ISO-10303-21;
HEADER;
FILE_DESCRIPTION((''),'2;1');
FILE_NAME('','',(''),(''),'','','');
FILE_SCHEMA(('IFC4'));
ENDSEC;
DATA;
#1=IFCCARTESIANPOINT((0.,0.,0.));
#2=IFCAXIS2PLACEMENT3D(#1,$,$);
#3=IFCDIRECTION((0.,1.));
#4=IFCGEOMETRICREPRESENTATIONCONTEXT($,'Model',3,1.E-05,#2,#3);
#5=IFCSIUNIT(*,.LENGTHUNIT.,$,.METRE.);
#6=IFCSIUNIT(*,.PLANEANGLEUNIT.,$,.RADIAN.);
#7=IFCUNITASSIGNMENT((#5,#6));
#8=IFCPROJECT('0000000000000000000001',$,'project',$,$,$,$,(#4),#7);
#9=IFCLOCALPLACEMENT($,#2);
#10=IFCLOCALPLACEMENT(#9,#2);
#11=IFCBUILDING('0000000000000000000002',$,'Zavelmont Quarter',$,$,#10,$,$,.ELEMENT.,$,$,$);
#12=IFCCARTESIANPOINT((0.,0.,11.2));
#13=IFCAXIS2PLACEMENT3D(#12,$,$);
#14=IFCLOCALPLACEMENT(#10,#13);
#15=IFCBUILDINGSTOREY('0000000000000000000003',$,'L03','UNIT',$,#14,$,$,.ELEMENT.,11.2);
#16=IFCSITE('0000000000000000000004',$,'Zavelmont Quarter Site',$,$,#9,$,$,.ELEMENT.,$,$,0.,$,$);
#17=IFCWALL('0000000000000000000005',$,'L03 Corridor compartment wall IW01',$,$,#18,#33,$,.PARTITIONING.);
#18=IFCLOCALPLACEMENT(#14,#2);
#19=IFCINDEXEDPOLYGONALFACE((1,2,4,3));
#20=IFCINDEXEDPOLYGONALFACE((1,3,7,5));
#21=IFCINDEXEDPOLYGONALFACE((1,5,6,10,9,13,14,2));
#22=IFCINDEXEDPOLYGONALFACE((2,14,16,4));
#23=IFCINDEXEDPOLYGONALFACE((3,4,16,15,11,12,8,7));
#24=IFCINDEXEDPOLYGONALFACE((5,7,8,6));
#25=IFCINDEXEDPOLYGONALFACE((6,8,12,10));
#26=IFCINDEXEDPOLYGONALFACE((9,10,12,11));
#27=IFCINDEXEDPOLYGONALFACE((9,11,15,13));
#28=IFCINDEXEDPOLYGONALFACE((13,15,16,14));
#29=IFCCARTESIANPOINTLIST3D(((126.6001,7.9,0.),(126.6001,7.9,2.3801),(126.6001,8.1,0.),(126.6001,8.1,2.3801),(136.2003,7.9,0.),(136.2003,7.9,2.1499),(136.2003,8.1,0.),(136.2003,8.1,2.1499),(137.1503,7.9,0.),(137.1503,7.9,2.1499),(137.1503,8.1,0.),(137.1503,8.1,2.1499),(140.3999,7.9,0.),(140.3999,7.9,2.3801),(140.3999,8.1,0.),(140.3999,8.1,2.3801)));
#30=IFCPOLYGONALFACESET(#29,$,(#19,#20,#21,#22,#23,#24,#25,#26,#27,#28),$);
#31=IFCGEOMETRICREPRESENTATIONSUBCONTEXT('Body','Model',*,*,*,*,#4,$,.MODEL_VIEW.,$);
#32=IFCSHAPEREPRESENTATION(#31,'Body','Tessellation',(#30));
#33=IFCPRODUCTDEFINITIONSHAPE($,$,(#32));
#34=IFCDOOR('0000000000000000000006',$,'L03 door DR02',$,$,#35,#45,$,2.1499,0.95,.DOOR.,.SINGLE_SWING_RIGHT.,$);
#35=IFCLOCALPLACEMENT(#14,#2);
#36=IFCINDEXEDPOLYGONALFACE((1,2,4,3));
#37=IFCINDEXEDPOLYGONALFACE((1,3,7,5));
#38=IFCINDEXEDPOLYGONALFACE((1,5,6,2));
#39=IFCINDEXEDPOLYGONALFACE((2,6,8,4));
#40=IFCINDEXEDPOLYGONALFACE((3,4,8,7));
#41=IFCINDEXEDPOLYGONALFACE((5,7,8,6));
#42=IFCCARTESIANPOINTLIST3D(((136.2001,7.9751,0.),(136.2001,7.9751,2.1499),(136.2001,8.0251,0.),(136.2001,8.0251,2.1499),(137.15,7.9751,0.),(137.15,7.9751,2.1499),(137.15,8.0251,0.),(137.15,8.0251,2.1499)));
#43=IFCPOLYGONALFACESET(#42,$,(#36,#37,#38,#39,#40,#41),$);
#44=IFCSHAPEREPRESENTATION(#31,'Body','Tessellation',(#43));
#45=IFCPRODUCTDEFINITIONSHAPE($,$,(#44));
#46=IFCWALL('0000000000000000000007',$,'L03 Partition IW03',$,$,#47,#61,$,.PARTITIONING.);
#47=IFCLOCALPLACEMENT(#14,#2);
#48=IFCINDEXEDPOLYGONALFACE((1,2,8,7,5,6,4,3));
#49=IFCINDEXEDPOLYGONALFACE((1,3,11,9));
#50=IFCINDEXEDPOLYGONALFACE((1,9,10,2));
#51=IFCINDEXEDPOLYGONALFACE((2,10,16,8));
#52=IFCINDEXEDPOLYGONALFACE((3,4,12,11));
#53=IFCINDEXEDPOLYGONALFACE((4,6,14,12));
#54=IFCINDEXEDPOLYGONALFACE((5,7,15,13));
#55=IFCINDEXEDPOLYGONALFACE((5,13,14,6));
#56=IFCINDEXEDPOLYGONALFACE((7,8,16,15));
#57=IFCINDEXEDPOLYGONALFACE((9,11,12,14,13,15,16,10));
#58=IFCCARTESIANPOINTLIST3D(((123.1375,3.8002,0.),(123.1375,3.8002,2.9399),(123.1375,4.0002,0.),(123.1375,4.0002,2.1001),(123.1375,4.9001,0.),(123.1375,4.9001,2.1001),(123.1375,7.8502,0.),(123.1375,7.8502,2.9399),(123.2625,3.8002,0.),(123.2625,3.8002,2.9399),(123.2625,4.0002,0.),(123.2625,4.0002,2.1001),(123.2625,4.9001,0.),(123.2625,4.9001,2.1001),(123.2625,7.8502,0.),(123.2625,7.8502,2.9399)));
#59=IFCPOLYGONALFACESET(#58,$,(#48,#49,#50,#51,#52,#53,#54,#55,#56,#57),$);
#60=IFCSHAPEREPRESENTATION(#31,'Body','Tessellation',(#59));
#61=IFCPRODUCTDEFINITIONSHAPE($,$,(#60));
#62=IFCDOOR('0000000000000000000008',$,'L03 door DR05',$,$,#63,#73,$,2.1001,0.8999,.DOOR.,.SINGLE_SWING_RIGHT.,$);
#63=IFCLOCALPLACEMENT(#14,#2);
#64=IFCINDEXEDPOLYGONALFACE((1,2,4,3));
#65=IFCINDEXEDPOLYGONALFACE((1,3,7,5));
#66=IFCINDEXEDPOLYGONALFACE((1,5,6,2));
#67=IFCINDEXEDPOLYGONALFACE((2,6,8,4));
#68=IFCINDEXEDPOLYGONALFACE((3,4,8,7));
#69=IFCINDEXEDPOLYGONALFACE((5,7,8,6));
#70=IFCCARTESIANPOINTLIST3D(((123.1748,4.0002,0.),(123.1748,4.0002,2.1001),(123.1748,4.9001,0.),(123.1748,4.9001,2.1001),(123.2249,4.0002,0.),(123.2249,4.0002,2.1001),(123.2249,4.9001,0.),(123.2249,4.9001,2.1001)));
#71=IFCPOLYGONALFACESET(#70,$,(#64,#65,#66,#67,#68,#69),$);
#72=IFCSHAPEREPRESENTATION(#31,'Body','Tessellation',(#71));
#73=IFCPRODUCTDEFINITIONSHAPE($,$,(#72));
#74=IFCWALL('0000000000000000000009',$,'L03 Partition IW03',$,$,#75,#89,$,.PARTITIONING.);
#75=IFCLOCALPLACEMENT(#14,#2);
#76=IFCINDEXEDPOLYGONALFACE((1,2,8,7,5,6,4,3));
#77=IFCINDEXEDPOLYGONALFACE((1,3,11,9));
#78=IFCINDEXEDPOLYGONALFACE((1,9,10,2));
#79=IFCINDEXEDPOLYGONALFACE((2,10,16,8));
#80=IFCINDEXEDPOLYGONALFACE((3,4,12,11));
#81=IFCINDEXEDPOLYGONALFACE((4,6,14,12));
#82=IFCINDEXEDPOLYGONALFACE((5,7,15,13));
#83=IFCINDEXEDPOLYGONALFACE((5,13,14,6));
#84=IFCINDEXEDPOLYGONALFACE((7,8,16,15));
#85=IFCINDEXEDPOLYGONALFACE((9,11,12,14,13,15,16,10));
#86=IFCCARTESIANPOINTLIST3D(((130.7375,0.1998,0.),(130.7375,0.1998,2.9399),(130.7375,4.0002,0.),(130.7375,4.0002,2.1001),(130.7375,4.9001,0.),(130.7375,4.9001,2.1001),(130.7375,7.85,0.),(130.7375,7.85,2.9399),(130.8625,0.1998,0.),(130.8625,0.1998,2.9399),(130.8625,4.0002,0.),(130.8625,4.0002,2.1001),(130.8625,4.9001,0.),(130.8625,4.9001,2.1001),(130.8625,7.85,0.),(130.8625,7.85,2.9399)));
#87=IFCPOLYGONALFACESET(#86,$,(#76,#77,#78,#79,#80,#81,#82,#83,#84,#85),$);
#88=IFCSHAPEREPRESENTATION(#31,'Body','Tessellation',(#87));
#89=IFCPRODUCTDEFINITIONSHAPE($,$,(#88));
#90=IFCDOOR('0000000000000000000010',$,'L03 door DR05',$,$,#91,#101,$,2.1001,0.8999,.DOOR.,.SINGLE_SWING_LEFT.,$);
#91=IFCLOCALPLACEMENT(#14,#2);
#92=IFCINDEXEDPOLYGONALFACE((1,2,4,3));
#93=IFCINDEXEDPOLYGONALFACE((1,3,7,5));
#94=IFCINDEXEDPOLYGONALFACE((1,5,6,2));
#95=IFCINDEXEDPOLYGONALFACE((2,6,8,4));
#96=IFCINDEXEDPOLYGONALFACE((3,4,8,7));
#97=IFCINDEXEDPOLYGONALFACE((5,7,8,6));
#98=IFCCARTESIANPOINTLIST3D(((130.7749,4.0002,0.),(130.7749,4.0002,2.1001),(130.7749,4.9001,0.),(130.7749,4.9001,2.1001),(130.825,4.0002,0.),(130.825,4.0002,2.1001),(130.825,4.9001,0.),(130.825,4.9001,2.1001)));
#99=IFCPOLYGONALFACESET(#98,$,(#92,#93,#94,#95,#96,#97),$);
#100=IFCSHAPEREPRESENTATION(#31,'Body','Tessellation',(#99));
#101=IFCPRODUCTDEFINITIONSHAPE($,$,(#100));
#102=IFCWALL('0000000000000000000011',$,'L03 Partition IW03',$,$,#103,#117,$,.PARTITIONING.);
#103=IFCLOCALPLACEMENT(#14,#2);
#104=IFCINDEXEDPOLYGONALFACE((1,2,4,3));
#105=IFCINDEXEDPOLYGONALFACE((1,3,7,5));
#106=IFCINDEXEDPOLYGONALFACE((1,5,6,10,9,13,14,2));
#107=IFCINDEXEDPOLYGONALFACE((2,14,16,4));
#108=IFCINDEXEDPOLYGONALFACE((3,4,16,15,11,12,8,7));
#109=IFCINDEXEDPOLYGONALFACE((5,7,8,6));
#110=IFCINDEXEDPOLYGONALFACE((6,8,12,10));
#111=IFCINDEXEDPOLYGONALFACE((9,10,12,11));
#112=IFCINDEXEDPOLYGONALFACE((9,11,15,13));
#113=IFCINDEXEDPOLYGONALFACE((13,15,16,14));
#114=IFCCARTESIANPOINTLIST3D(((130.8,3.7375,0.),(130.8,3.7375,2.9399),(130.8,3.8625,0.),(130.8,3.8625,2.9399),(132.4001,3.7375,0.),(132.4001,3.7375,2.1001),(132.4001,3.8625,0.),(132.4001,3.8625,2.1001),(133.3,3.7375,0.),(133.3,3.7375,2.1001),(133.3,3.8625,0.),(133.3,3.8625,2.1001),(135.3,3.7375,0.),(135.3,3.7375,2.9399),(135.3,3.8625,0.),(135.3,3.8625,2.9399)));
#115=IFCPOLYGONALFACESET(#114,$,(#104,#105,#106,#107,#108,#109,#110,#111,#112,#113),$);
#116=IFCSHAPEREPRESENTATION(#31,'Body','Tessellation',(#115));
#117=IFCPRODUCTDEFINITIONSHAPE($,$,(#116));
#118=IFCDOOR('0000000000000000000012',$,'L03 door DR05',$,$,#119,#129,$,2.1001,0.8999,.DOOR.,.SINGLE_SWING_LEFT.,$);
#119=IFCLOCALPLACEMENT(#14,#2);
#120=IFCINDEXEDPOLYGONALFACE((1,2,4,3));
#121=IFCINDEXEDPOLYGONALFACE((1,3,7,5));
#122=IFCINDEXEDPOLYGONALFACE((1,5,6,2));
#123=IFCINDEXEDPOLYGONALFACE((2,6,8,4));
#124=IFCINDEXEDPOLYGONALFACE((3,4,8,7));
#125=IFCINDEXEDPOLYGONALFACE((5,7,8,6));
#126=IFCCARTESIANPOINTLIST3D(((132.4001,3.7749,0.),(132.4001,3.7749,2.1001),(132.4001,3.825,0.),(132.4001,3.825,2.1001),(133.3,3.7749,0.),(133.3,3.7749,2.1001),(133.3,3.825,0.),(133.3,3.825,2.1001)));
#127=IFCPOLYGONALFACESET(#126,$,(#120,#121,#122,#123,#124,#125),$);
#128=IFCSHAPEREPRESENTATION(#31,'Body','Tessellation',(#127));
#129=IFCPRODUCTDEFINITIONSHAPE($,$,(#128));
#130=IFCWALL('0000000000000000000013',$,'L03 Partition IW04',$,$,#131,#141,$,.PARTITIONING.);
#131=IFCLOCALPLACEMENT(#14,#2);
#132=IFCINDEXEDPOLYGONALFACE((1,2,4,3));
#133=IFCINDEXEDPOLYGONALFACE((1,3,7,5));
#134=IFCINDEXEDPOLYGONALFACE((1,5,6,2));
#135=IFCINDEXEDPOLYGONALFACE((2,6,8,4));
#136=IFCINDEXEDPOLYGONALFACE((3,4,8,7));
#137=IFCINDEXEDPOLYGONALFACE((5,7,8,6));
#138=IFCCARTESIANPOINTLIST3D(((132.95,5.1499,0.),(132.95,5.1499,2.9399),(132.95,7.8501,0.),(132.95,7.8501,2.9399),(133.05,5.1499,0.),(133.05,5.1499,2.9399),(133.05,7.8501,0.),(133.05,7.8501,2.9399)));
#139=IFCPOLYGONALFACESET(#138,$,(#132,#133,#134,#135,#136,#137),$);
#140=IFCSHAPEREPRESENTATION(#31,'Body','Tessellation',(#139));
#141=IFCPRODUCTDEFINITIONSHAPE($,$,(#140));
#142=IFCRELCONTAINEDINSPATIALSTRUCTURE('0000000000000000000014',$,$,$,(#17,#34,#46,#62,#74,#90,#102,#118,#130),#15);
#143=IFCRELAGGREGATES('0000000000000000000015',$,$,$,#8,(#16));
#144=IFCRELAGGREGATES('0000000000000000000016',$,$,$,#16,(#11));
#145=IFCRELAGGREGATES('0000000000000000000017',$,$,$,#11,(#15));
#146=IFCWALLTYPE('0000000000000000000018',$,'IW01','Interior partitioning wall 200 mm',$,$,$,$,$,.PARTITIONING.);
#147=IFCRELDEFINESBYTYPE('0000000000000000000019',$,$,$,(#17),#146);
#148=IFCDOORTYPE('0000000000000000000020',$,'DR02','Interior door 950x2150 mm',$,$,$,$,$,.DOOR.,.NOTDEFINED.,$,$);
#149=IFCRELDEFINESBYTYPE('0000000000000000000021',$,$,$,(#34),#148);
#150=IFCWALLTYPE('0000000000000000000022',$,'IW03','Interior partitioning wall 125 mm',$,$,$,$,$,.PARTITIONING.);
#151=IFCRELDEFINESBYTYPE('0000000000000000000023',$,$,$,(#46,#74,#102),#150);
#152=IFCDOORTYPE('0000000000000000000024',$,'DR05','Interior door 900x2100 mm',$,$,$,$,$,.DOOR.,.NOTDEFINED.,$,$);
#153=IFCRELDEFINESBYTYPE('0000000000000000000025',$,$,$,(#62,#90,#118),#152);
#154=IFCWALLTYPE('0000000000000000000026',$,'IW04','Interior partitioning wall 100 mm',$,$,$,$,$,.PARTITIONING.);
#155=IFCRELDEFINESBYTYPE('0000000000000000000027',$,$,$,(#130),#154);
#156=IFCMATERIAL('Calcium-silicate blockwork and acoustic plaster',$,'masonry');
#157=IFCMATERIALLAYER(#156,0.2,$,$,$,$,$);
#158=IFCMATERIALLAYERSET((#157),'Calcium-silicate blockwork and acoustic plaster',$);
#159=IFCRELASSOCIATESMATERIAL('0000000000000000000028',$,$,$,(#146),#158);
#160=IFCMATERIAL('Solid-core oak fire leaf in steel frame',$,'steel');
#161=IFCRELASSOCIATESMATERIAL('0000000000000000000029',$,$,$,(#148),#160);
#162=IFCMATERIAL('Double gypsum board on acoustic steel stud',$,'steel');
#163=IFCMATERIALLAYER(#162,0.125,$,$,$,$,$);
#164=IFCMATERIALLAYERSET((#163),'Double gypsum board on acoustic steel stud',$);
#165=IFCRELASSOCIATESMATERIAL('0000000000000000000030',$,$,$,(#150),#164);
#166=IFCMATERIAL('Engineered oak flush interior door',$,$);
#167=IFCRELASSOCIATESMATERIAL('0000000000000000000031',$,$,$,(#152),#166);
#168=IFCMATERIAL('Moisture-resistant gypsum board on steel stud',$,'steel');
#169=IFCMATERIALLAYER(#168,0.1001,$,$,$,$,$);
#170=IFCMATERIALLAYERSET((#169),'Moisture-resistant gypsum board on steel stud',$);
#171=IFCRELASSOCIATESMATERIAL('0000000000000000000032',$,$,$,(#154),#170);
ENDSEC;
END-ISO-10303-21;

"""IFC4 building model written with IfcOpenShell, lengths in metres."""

from ifc_helpers import new_model, si_unit, direction, frame, frame_2d, origin, origin_with_axes, place, context, subcontext, project, spatial, rectangle, extrude, material, layer, layer_set, type_object, element, fill, save


model = new_model("IFC4")

# Units and contexts
model_context = context("Model", 3, precision=1e-05, world=origin(), true_north=direction((0.0, 1.0)))
body_context = subcontext(model_context, "Body", "Model", "MODEL_VIEW")
ifc_project = project(units=[si_unit("LENGTHUNIT", "METRE"), si_unit("PLANEANGLEUNIT", "RADIAN")], contexts=[model_context])

# Site, building, storey
site_placement = place(None, origin())
site = spatial("IfcSite", under=ifc_project, at=site_placement, Name="Zavelmont Quarter Site", CompositionType="ELEMENT", RefElevation=0.0)
building_placement = place(site_placement, origin())
building = spatial("IfcBuilding", under=site, at=building_placement, Name="Zavelmont Quarter", CompositionType="ELEMENT")
storey_placement = place(building_placement, frame((0.0, 0.0, 11.2)))
storey = spatial("IfcBuildingStorey", under=building, at=storey_placement, Name="L03", Description="UNIT", CompositionType="ELEMENT", Elevation=11.2)

# Shared definitions
ifc_material_1 = material(Name="Calcium-silicate blockwork and acoustic plaster", Category="masonry")
ifc_layer_1 = layer(ifc_material_1, 0.2)
ifc_layer_set_1 = layer_set([ifc_layer_1], Name="Calcium-silicate blockwork and acoustic plaster")
wall_type_1 = type_object("IfcWallType", Name="IW01", Description="Interior partitioning wall 200 mm", PredefinedType="PARTITIONING", material=ifc_layer_set_1)

# Walls, openings, doors
wall_1_placement = place(storey_placement, frame((126.6001, 8.0, 0.0), z_axis=(0.0, 0.0, 1.0), x_axis=(1.0, 0.0, 0.0)))
wall_1 = element("IfcWall", 1, at=wall_1_placement, inside=storey, type_object=wall_type_1, Name="L03 Corridor compartment wall IW01", PredefinedType="PARTITIONING", context=body_context, shape_type="SweptSolid", body=[
    extrude(rectangle(XDim=13.7998, YDim=0.2, at=frame_2d((6.8999, 0.0))), origin(), (0.0, 0.0, 1.0), 2.3801),
])
opening_1_placement = place(wall_1_placement, frame((9.6001, 0.0, 0.0)))
opening_1 = element("IfcOpeningElement", 2, at=opening_1_placement, cuts=wall_1, PredefinedType="OPENING", context=body_context, shape_type="SweptSolid", body=[
    extrude(rectangle(XDim=0.95, YDim=2.1499, at=frame_2d((0.4751, 1.075))), frame((0.0, 0.1118, 0.0), z_axis=(0.0, -1.0, 0.0), x_axis=(1.0, 0.0, 0.0)), (0.0, 0.0, 1.0), 0.2239),
])
ifc_material_2 = material(Name="Solid-core oak fire leaf in steel frame", Category="steel")
door_type_1 = type_object("IfcDoorType", Name="DR02", Description="Interior door 950x2150 mm", OperationType="NOTDEFINED", PredefinedType="DOOR", material=ifc_material_2)
door_1_placement = place(opening_1_placement, frame((0.95, 0.0, 0.0), z_axis=(0.0, 0.0, 1.0), x_axis=(-1.0, 0.0, 0.0)))
door_1 = element("IfcDoor", 3, at=door_1_placement, inside=storey, type_object=door_type_1, Name="L03 door DR02", OperationType="SINGLE_SWING_RIGHT", OverallHeight=2.1499, OverallWidth=0.95, PredefinedType="DOOR", context=body_context, shape_type="SweptSolid", body=[
    extrude(rectangle(XDim=0.95, YDim=2.1499, at=frame_2d((0.4751, 1.075))), frame((0.0, 0.0249, 0.0), z_axis=(0.0, -1.0, 0.0), x_axis=(1.0, 0.0, 0.0)), (0.0, 0.0, 1.0), 0.05),
])
fill(opening_1, door_1)
ifc_material_3 = material(Name="Double gypsum board on acoustic steel stud", Category="steel")
ifc_layer_2 = layer(ifc_material_3, 0.125)
ifc_layer_set_2 = layer_set([ifc_layer_2], Name="Double gypsum board on acoustic steel stud")
wall_type_2 = type_object("IfcWallType", Name="IW03", Description="Interior partitioning wall 125 mm", PredefinedType="PARTITIONING", material=ifc_layer_set_2)
wall_2_placement = place(storey_placement, frame((123.2, 7.8501, 0.0), z_axis=(0.0, 0.0, 1.0), x_axis=(0.0, -1.0, 0.0)))
wall_2 = element("IfcWall", 4, at=wall_2_placement, inside=storey, type_object=wall_type_2, Name="L03 Partition IW03", PredefinedType="PARTITIONING", context=body_context, shape_type="SweptSolid", body=[
    extrude(rectangle(XDim=4.05, YDim=0.125, at=frame_2d((2.0249, 0.0))), origin(), (0.0, 0.0, 1.0), 2.9399),
])
opening_2_placement = place(wall_2_placement, frame((2.95, 0.0, 0.0)))
opening_2 = element("IfcOpeningElement", 5, at=opening_2_placement, cuts=wall_2, PredefinedType="OPENING", context=body_context, shape_type="SweptSolid", body=[
    extrude(rectangle(XDim=0.8999, YDim=2.1001, at=frame_2d((0.45, 1.05))), frame((0.0, 0.0745, 0.0), z_axis=(0.0, -1.0, 0.0), x_axis=(1.0, 0.0, 0.0)), (0.0, 0.0, 1.0), 0.1489),
])
ifc_material_4 = material(Name="Engineered oak flush interior door")
door_type_2 = type_object("IfcDoorType", Name="DR05", Description="Interior door 900x2100 mm", OperationType="NOTDEFINED", PredefinedType="DOOR", material=ifc_material_4)
door_2_placement = place(opening_2_placement, origin_with_axes())
door_2 = element("IfcDoor", 6, at=door_2_placement, inside=storey, type_object=door_type_2, Name="L03 door DR05", OperationType="SINGLE_SWING_RIGHT", OverallHeight=2.1001, OverallWidth=0.8999, PredefinedType="DOOR", context=body_context, shape_type="SweptSolid", body=[
    extrude(rectangle(XDim=0.8999, YDim=2.1001, at=frame_2d((0.45, 1.05))), frame((0.0, 0.0249, 0.0), z_axis=(0.0, -1.0, 0.0), x_axis=(1.0, 0.0, 0.0)), (0.0, 0.0, 1.0), 0.05),
])
fill(opening_2, door_2)
wall_3_placement = place(storey_placement, frame((130.8, 7.8501, 0.0), z_axis=(0.0, 0.0, 1.0), x_axis=(0.0, -1.0, 0.0)))
wall_3 = element("IfcWall", 7, at=wall_3_placement, inside=storey, type_object=wall_type_2, Name="L03 Partition IW03", PredefinedType="PARTITIONING", context=body_context, shape_type="SweptSolid", body=[
    extrude(rectangle(XDim=7.6501, YDim=0.125, at=frame_2d((3.8252, 0.0))), origin(), (0.0, 0.0, 1.0), 2.9399),
])
opening_3_placement = place(wall_3_placement, frame((2.95, 0.0, 0.0)))
opening_3 = element("IfcOpeningElement", 8, at=opening_3_placement, cuts=wall_3, PredefinedType="OPENING", context=body_context, shape_type="SweptSolid", body=[
    extrude(rectangle(XDim=0.8999, YDim=2.1001, at=frame_2d((0.45, 1.05))), frame((0.0, 0.0745, 0.0), z_axis=(0.0, -1.0, 0.0), x_axis=(1.0, 0.0, 0.0)), (0.0, 0.0, 1.0), 0.1489),
])
door_3_placement = place(opening_3_placement, origin_with_axes())
door_3 = element("IfcDoor", 9, at=door_3_placement, inside=storey, type_object=door_type_2, Name="L03 door DR05", OperationType="SINGLE_SWING_LEFT", OverallHeight=2.1001, OverallWidth=0.8999, PredefinedType="DOOR", context=body_context, shape_type="SweptSolid", body=[
    extrude(rectangle(XDim=0.8999, YDim=2.1001, at=frame_2d((0.45, 1.05))), frame((0.0, 0.0249, 0.0), z_axis=(0.0, -1.0, 0.0), x_axis=(1.0, 0.0, 0.0)), (0.0, 0.0, 1.0), 0.05),
])
fill(opening_3, door_3)
wall_4_placement = place(storey_placement, frame((130.8, 3.8, 0.0), z_axis=(0.0, 0.0, 1.0), x_axis=(1.0, 0.0, 0.0)))
wall_4 = element("IfcWall", 10, at=wall_4_placement, inside=storey, type_object=wall_type_2, Name="L03 Partition IW03", PredefinedType="PARTITIONING", context=body_context, shape_type="SweptSolid", body=[
    extrude(rectangle(XDim=4.5, YDim=0.125, at=frame_2d((2.25, 0.0))), origin(), (0.0, 0.0, 1.0), 2.9399),
])
opening_4_placement = place(wall_4_placement, frame((1.6001, 0.0, 0.0)))
opening_4 = element("IfcOpeningElement", 11, at=opening_4_placement, cuts=wall_4, PredefinedType="OPENING", context=body_context, shape_type="SweptSolid", body=[
    extrude(rectangle(XDim=0.8999, YDim=2.1001, at=frame_2d((0.45, 1.05))), frame((0.0, 0.0745, 0.0), z_axis=(0.0, -1.0, 0.0), x_axis=(1.0, 0.0, 0.0)), (0.0, 0.0, 1.0), 0.1489),
])
door_4_placement = place(opening_4_placement, origin_with_axes())
door_4 = element("IfcDoor", 12, at=door_4_placement, inside=storey, type_object=door_type_2, Name="L03 door DR05", OperationType="SINGLE_SWING_LEFT", OverallHeight=2.1001, OverallWidth=0.8999, PredefinedType="DOOR", context=body_context, shape_type="SweptSolid", body=[
    extrude(rectangle(XDim=0.8999, YDim=2.1001, at=frame_2d((0.45, 1.05))), frame((0.0, 0.0249, 0.0), z_axis=(0.0, -1.0, 0.0), x_axis=(1.0, 0.0, 0.0)), (0.0, 0.0, 1.0), 0.05),
])
fill(opening_4, door_4)

# Wall
ifc_material_5 = material(Name="Moisture-resistant gypsum board on steel stud", Category="steel")
ifc_layer_3 = layer(ifc_material_5, 0.1001)
ifc_layer_set_3 = layer_set([ifc_layer_3], Name="Moisture-resistant gypsum board on steel stud")
wall_type_3 = type_object("IfcWallType", Name="IW04", Description="Interior partitioning wall 100 mm", PredefinedType="PARTITIONING", material=ifc_layer_set_3)
wall_5_placement = place(storey_placement, frame((133.0, 7.8501, 0.0), z_axis=(0.0, 0.0, 1.0), x_axis=(0.0, -1.0, 0.0)))
element("IfcWall", 13, at=wall_5_placement, inside=storey, type_object=wall_type_3, Name="L03 Partition IW04", PredefinedType="PARTITIONING", context=body_context, shape_type="SweptSolid", body=[
    extrude(rectangle(XDim=2.7002, YDim=0.1001, at=frame_2d((1.3501, 0.0))), origin(), (0.0, 0.0, 1.0), 2.9399),
])

save(model, "model.ifc")
